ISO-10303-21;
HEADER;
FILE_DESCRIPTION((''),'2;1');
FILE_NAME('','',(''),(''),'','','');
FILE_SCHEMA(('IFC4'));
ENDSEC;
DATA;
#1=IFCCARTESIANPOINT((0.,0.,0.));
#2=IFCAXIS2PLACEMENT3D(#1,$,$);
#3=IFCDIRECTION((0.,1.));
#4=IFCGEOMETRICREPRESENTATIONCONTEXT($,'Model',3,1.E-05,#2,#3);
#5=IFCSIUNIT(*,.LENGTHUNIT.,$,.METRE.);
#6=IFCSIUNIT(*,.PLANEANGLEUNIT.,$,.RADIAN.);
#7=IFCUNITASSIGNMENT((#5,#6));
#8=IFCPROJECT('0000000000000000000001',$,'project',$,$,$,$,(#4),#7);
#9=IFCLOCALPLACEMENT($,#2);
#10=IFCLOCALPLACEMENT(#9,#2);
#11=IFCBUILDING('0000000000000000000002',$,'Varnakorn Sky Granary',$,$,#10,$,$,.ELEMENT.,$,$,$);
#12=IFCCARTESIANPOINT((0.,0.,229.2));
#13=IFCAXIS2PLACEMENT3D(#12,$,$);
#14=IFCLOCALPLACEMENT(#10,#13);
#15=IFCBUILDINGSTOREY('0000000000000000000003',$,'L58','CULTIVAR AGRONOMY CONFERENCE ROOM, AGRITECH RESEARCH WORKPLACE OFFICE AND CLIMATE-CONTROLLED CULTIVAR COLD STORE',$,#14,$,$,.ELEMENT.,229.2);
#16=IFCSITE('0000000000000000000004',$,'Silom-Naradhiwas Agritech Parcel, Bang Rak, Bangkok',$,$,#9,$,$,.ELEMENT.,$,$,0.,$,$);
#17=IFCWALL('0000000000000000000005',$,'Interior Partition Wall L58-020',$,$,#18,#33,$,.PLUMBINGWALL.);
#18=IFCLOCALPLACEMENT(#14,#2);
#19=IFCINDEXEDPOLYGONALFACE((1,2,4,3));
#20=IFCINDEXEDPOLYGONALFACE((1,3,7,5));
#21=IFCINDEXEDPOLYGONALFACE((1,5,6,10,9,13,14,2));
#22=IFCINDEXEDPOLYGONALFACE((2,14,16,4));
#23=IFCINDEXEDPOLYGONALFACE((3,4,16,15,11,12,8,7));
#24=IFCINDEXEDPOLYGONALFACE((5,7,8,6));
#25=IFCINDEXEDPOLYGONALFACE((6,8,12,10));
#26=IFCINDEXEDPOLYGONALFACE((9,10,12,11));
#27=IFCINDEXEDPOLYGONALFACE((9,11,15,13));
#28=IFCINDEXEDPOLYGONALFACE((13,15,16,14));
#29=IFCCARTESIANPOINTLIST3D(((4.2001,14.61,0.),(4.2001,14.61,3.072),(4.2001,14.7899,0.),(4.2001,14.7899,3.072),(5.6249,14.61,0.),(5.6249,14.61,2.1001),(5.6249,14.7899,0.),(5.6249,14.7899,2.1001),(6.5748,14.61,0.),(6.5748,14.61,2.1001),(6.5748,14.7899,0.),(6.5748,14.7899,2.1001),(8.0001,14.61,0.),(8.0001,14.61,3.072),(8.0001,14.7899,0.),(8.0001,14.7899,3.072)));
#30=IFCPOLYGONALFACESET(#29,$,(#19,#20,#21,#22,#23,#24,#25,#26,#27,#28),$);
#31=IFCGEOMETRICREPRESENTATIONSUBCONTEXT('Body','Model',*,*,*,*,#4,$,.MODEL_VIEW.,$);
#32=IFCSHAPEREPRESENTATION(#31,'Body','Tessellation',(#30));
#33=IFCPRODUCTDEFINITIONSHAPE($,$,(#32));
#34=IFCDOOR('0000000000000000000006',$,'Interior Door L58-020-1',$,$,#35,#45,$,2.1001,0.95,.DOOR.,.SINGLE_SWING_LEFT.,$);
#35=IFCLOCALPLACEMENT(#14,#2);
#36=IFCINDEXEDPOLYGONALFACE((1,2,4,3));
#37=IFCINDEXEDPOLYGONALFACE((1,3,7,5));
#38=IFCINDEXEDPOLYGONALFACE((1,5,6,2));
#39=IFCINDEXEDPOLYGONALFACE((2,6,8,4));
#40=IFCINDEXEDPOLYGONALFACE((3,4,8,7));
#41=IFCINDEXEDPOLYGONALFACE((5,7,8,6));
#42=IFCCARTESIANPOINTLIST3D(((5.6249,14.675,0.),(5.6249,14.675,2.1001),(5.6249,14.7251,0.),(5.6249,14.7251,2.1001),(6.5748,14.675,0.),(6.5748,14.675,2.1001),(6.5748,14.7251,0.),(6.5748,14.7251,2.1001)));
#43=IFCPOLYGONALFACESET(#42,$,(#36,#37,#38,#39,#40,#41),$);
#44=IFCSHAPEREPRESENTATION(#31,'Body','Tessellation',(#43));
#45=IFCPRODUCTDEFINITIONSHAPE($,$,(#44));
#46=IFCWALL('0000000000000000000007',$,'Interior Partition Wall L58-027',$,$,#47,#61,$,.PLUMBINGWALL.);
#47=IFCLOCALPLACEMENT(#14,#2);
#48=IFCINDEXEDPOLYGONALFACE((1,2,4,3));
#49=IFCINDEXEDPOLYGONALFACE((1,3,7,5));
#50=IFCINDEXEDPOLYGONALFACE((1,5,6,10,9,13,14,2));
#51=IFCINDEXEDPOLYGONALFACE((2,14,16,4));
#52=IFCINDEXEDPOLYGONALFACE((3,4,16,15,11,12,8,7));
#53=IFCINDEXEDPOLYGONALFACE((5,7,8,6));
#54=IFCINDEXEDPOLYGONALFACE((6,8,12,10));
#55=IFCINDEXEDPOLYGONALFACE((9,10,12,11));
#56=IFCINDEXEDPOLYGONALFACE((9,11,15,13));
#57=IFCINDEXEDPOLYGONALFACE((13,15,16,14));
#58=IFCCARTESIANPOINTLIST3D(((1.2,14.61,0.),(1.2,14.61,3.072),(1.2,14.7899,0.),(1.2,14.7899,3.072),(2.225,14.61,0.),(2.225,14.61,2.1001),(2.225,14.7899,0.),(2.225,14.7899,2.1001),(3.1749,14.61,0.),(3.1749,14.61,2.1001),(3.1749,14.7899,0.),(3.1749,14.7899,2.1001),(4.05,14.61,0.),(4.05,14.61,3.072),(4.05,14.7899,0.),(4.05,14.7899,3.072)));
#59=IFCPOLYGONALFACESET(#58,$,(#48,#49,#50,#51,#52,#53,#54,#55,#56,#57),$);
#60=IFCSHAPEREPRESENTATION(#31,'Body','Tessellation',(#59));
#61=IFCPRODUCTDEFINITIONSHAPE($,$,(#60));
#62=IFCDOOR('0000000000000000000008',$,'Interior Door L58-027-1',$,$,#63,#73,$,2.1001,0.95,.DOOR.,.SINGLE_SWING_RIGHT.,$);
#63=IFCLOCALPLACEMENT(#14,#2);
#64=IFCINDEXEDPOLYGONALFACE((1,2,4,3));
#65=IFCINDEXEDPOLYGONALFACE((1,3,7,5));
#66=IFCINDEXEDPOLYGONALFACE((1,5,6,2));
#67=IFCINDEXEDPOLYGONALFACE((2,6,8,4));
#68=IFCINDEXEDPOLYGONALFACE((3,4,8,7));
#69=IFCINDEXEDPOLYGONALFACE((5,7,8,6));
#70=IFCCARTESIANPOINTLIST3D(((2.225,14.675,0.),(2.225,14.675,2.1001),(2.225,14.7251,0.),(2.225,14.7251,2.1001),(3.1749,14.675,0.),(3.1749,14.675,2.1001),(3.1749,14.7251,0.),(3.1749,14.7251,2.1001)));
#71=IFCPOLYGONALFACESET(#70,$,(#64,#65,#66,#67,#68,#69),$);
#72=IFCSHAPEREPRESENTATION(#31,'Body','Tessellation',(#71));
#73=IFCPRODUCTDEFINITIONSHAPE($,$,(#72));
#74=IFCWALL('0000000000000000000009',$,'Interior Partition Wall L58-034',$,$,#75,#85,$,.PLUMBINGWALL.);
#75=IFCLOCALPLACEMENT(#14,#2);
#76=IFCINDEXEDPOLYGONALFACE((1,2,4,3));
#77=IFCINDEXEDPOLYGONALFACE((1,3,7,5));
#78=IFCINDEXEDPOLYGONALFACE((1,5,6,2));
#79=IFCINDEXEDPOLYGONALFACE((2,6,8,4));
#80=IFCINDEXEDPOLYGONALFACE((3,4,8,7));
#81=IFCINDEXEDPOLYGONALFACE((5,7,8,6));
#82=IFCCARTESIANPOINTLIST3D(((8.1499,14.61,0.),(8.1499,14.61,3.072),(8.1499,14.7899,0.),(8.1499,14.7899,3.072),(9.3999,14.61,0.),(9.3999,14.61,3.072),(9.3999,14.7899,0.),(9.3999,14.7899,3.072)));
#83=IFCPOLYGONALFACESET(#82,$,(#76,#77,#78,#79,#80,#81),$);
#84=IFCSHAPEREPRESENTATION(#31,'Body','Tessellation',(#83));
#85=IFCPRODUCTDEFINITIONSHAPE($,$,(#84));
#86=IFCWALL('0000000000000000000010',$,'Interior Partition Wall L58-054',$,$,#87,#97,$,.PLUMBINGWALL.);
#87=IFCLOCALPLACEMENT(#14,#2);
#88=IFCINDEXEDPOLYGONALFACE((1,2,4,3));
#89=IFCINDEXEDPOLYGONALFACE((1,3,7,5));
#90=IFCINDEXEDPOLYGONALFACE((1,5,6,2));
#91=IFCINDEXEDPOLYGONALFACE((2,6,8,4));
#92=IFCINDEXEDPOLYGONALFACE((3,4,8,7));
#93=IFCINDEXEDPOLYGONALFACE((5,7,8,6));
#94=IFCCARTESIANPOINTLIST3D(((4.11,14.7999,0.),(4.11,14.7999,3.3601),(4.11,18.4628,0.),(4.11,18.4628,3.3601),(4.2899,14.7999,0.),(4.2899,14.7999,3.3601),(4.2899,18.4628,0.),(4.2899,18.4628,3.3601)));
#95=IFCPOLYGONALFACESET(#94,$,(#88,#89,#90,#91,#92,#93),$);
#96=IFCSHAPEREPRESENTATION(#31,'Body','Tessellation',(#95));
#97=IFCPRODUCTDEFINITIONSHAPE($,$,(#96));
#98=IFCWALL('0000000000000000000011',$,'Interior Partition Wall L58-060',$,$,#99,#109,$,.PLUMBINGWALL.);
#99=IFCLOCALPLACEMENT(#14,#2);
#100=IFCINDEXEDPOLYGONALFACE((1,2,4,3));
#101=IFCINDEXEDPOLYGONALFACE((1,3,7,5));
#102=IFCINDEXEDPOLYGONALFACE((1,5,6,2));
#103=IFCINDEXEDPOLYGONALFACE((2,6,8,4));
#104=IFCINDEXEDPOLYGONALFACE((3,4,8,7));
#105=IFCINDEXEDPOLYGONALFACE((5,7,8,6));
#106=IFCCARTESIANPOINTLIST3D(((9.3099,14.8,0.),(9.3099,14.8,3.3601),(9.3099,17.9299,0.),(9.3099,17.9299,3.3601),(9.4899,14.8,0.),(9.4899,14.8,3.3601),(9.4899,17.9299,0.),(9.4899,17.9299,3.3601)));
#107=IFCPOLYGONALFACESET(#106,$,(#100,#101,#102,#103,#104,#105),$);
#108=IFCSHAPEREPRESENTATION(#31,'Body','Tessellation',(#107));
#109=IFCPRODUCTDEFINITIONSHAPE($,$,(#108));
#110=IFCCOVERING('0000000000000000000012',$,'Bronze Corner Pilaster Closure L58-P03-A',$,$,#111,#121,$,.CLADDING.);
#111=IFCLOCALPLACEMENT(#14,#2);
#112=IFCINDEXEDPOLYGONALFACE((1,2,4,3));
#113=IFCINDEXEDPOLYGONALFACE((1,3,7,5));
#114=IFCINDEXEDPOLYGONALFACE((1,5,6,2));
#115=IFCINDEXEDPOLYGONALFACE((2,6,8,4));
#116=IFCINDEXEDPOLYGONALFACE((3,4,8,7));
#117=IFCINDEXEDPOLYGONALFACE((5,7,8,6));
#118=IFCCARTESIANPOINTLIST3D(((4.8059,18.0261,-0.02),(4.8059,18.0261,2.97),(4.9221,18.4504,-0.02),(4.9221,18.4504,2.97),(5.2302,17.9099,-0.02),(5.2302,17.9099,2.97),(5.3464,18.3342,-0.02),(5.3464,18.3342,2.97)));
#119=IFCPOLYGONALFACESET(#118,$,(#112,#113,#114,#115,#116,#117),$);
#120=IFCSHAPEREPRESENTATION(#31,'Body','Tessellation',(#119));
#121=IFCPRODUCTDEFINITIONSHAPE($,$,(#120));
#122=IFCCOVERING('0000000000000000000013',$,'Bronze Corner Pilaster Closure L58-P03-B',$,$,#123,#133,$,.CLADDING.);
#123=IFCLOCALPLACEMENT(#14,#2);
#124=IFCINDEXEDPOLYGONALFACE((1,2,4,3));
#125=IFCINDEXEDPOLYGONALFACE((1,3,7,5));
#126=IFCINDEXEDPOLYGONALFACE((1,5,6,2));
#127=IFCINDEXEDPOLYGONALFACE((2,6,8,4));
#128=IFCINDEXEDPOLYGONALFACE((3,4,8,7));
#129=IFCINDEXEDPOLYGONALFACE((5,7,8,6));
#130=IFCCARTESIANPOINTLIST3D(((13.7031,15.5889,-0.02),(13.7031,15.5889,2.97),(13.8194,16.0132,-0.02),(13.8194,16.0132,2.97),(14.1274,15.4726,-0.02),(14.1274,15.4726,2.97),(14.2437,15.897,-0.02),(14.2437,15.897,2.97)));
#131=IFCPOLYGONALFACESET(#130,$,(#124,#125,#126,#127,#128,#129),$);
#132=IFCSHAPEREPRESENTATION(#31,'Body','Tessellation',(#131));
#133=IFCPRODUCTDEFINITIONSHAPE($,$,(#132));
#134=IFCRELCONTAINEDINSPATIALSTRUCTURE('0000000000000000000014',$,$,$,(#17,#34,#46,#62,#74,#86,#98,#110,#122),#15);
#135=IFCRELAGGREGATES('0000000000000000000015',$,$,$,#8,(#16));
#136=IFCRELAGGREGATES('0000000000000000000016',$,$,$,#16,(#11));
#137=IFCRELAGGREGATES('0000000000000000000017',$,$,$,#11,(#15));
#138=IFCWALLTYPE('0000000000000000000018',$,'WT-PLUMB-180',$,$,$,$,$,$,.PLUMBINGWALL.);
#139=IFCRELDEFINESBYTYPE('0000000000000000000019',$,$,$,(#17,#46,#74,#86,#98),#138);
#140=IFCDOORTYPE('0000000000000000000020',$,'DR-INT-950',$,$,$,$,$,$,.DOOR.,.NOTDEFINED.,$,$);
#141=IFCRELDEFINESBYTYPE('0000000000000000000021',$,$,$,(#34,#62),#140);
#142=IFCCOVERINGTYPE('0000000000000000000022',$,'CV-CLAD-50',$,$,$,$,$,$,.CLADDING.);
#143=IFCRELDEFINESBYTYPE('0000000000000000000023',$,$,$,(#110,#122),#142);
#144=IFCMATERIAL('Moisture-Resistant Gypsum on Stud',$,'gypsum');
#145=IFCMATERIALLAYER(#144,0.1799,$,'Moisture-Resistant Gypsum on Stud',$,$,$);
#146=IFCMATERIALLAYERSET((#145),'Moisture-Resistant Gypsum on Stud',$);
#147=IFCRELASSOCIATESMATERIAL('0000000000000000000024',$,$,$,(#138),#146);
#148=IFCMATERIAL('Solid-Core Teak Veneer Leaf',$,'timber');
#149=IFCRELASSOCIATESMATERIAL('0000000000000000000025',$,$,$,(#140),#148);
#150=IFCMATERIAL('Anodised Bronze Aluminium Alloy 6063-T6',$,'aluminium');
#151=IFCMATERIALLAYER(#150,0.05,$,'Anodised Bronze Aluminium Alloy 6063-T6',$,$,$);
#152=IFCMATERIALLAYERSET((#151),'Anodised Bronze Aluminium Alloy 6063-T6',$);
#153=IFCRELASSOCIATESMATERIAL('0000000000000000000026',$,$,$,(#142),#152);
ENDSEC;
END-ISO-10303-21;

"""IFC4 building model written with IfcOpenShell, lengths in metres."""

from ifc_helpers import new_model, si_unit, direction, frame, frame_2d, origin, origin_2d, place, context, subcontext, project, spatial, rectangle, extrude, source, transform, mapped, material, layer, layer_set, type_object, type_shapes, element, fill, save


model = new_model("IFC4")

# Units and contexts
model_context = context("Model", 3, precision=1e-05, world=origin(), true_north=direction((0.0, 1.0)))
body_context = subcontext(model_context, "Body", "Model", "MODEL_VIEW")
ifc_project = project(units=[si_unit("LENGTHUNIT", "METRE"), si_unit("PLANEANGLEUNIT", "RADIAN")], contexts=[model_context])

# Site, building, storey
site_placement = place(None, origin())
site = spatial("IfcSite", under=ifc_project, at=site_placement, Name="Silom-Naradhiwas Agritech Parcel, Bang Rak, Bangkok", CompositionType="ELEMENT", RefElevation=0.0)
building_placement = place(site_placement, origin())
building = spatial("IfcBuilding", under=site, at=building_placement, Name="Varnakorn Sky Granary", CompositionType="ELEMENT")
storey_placement = place(building_placement, frame((0.0, 0.0, 229.2)))
storey = spatial("IfcBuildingStorey", under=building, at=storey_placement, Name="L58", Description="CULTIVAR AGRONOMY CONFERENCE ROOM, AGRITECH RESEARCH WORKPLACE OFFICE AND CLIMATE-CONTROLLED CULTIVAR COLD STORE", CompositionType="ELEMENT", Elevation=229.2)

# Shared definitions
ifc_material_1 = material(Name="Anodised Bronze Aluminium Alloy 6063-T6", Category="aluminium")

# Walls, openings, doors
ifc_material_2 = material(Name="Moisture-Resistant Gypsum on Stud", Category="gypsum")
ifc_layer_1 = layer(ifc_material_2, 0.1799, Name="Moisture-Resistant Gypsum on Stud")
ifc_layer_set_1 = layer_set([ifc_layer_1], Name="Moisture-Resistant Gypsum on Stud")
wall_type_1 = type_object("IfcWallType", Name="WT-PLUMB-180", PredefinedType="PLUMBINGWALL", material=ifc_layer_set_1)
wall_1_placement = place(storey_placement, frame((8.0, 14.7, 0.0), z_axis=(0.0, 0.0, 1.0), x_axis=(-1.0, 0.0, 0.0)))
wall_1 = element("IfcWall", 1, at=wall_1_placement, inside=storey, type_object=wall_type_1, Name="Interior Partition Wall L58-020", PredefinedType="PLUMBINGWALL", context=body_context, shape_type="SweptSolid", body=[
    extrude(rectangle(XDim=3.8, YDim=0.1799, at=frame_2d((1.8999, 0.0))), origin(), (0.0, 0.0, 1.0), 3.072),
])
opening_1_placement = place(wall_1_placement, frame((1.425, 0.0, 0.0)))
opening_1 = element("IfcOpeningElement", 2, at=opening_1_placement, cuts=wall_1, PredefinedType="OPENING", context=body_context, shape_type="SweptSolid", body=[
    extrude(rectangle(XDim=0.95, YDim=2.1001, at=frame_2d((0.4751, 1.05))), frame((0.0, 0.1001, 0.0), z_axis=(0.0, -1.0, 0.0), x_axis=(1.0, 0.0, 0.0)), (0.0, 0.0, 1.0), 0.2),
])
ifc_material_3 = material(Name="Solid-Core Teak Veneer Leaf", Category="timber")
door_type = type_object("IfcDoorType", Name="DR-INT-950", OperationType="NOTDEFINED", PredefinedType="DOOR", material=ifc_material_3)
door_1_placement = place(opening_1_placement, origin())
door_1 = element("IfcDoor", 3, at=door_1_placement, inside=storey, type_object=door_type, Name="Interior Door L58-020-1", OperationType="SINGLE_SWING_LEFT", OverallHeight=2.1001, OverallWidth=0.95, PredefinedType="DOOR", context=body_context, shape_type="SweptSolid", body=[
    extrude(rectangle(XDim=0.95, YDim=2.1001, at=frame_2d((0.4751, 1.05))), frame((0.0, 0.0249, 0.0), z_axis=(0.0, -1.0, 0.0), x_axis=(1.0, 0.0, 0.0)), (0.0, 0.0, 1.0), 0.05),
])
fill(opening_1, door_1)
wall_2_placement = place(storey_placement, frame((4.05, 14.7, 0.0), z_axis=(0.0, 0.0, 1.0), x_axis=(-1.0, 0.0, 0.0)))
wall_2 = element("IfcWall", 4, at=wall_2_placement, inside=storey, type_object=wall_type_1, Name="Interior Partition Wall L58-027", PredefinedType="PLUMBINGWALL", context=body_context, shape_type="SweptSolid", body=[
    extrude(rectangle(XDim=2.8501, YDim=0.1799, at=frame_2d((1.425, 0.0))), origin(), (0.0, 0.0, 1.0), 3.072),
])
opening_2_placement = place(wall_2_placement, frame((0.875, 0.0, 0.0)))
opening_2 = element("IfcOpeningElement", 5, at=opening_2_placement, cuts=wall_2, PredefinedType="OPENING", context=body_context, shape_type="SweptSolid", body=[
    extrude(rectangle(XDim=0.95, YDim=2.1001, at=frame_2d((0.4751, 1.05))), frame((0.0, 0.1001, 0.0), z_axis=(0.0, -1.0, 0.0), x_axis=(1.0, 0.0, 0.0)), (0.0, 0.0, 1.0), 0.2),
])
door_2_placement = place(opening_2_placement, origin())
door_2 = element("IfcDoor", 6, at=door_2_placement, inside=storey, type_object=door_type, Name="Interior Door L58-027-1", OperationType="SINGLE_SWING_RIGHT", OverallHeight=2.1001, OverallWidth=0.95, PredefinedType="DOOR", context=body_context, shape_type="SweptSolid", body=[
    extrude(rectangle(XDim=0.95, YDim=2.1001, at=frame_2d((0.4751, 1.05))), frame((0.0, 0.0249, 0.0), z_axis=(0.0, -1.0, 0.0), x_axis=(1.0, 0.0, 0.0)), (0.0, 0.0, 1.0), 0.05),
])
fill(opening_2, door_2)

# Walls
wall_3_placement = place(storey_placement, frame((9.3999, 14.7, 0.0), z_axis=(0.0, 0.0, 1.0), x_axis=(-1.0, 0.0, 0.0)))
element("IfcWall", 7, at=wall_3_placement, inside=storey, type_object=wall_type_1, Name="Interior Partition Wall L58-034", PredefinedType="PLUMBINGWALL", context=body_context, shape_type="SweptSolid", body=[
    extrude(rectangle(XDim=1.25, YDim=0.1799, at=frame_2d((0.625, 0.0))), origin(), (0.0, 0.0, 1.0), 3.072),
])
wall_4_placement = place(storey_placement, frame((4.2, 18.4629, 0.0), z_axis=(0.0, 0.0, 1.0), x_axis=(0.0, -1.0, 0.0)))
element("IfcWall", 8, at=wall_4_placement, inside=storey, type_object=wall_type_1, Name="Interior Partition Wall L58-054", PredefinedType="PLUMBINGWALL", context=body_context, shape_type="SweptSolid", body=[
    extrude(rectangle(XDim=3.6628, YDim=0.1799, at=frame_2d((1.8315, 0.0))), origin(), (0.0, 0.0, 1.0), 3.3601),
])
wall_5_placement = place(storey_placement, frame((9.3999, 14.8, 0.0), z_axis=(0.0, 0.0, 1.0), x_axis=(0.0, 1.0, 0.0)))
element("IfcWall", 9, at=wall_5_placement, inside=storey, type_object=wall_type_1, Name="Interior Partition Wall L58-060", PredefinedType="PLUMBINGWALL", context=body_context, shape_type="SweptSolid", body=[
    extrude(rectangle(XDim=3.1299, YDim=0.1799, at=frame_2d((1.5649, 0.0))), origin(), (0.0, 0.0, 1.0), 3.3601),
])

# Coverings
ifc_layer_2 = layer(ifc_material_1, 0.05, Name="Anodised Bronze Aluminium Alloy 6063-T6")
ifc_layer_set_2 = layer_set([ifc_layer_2], Name="Anodised Bronze Aluminium Alloy 6063-T6")
covering_type = type_object("IfcCoveringType", Name="CV-CLAD-50", PredefinedType="CLADDING", material=ifc_layer_set_2)
shared_shape = source(origin(), body_context, "Body", "SweptSolid", [
    extrude(rectangle(XDim=0.4399, YDim=0.4399, at=origin_2d()), origin(), (0.0, 0.0, 1.0), 2.99),
])
type_shapes(covering_type, [shared_shape])
for number, where, z_axis, x_axis, name in (
    (10, (5.0762, 18.1802, -0.02), (0.0, 0.0, 1.0), (0.964465, -0.26421, 0.0), "Bronze Corner Pilaster Closure L58-P03-A"),
    (11, (13.9734, 15.7429, -0.02), (0.0, 0.0, 1.0), (0.964465, -0.26421, 0.0), "Bronze Corner Pilaster Closure L58-P03-B"),
):
    element("IfcCovering", number, at=place(storey_placement, frame(where, z_axis=z_axis, x_axis=x_axis)), inside=storey, type_object=covering_type, Name=name, PredefinedType="CLADDING", context=body_context, shape_type="MappedRepresentation", body=[
        mapped(shared_shape, transform((0.0, 0.0, 0.0), x_axis=(1.0, 0.0, 0.0), y_axis=(0.0, 1.0, 0.0), z_axis=(0.0, 0.0, 1.0), scale=1.0)),
    ])

save(model, "model.ifc")
